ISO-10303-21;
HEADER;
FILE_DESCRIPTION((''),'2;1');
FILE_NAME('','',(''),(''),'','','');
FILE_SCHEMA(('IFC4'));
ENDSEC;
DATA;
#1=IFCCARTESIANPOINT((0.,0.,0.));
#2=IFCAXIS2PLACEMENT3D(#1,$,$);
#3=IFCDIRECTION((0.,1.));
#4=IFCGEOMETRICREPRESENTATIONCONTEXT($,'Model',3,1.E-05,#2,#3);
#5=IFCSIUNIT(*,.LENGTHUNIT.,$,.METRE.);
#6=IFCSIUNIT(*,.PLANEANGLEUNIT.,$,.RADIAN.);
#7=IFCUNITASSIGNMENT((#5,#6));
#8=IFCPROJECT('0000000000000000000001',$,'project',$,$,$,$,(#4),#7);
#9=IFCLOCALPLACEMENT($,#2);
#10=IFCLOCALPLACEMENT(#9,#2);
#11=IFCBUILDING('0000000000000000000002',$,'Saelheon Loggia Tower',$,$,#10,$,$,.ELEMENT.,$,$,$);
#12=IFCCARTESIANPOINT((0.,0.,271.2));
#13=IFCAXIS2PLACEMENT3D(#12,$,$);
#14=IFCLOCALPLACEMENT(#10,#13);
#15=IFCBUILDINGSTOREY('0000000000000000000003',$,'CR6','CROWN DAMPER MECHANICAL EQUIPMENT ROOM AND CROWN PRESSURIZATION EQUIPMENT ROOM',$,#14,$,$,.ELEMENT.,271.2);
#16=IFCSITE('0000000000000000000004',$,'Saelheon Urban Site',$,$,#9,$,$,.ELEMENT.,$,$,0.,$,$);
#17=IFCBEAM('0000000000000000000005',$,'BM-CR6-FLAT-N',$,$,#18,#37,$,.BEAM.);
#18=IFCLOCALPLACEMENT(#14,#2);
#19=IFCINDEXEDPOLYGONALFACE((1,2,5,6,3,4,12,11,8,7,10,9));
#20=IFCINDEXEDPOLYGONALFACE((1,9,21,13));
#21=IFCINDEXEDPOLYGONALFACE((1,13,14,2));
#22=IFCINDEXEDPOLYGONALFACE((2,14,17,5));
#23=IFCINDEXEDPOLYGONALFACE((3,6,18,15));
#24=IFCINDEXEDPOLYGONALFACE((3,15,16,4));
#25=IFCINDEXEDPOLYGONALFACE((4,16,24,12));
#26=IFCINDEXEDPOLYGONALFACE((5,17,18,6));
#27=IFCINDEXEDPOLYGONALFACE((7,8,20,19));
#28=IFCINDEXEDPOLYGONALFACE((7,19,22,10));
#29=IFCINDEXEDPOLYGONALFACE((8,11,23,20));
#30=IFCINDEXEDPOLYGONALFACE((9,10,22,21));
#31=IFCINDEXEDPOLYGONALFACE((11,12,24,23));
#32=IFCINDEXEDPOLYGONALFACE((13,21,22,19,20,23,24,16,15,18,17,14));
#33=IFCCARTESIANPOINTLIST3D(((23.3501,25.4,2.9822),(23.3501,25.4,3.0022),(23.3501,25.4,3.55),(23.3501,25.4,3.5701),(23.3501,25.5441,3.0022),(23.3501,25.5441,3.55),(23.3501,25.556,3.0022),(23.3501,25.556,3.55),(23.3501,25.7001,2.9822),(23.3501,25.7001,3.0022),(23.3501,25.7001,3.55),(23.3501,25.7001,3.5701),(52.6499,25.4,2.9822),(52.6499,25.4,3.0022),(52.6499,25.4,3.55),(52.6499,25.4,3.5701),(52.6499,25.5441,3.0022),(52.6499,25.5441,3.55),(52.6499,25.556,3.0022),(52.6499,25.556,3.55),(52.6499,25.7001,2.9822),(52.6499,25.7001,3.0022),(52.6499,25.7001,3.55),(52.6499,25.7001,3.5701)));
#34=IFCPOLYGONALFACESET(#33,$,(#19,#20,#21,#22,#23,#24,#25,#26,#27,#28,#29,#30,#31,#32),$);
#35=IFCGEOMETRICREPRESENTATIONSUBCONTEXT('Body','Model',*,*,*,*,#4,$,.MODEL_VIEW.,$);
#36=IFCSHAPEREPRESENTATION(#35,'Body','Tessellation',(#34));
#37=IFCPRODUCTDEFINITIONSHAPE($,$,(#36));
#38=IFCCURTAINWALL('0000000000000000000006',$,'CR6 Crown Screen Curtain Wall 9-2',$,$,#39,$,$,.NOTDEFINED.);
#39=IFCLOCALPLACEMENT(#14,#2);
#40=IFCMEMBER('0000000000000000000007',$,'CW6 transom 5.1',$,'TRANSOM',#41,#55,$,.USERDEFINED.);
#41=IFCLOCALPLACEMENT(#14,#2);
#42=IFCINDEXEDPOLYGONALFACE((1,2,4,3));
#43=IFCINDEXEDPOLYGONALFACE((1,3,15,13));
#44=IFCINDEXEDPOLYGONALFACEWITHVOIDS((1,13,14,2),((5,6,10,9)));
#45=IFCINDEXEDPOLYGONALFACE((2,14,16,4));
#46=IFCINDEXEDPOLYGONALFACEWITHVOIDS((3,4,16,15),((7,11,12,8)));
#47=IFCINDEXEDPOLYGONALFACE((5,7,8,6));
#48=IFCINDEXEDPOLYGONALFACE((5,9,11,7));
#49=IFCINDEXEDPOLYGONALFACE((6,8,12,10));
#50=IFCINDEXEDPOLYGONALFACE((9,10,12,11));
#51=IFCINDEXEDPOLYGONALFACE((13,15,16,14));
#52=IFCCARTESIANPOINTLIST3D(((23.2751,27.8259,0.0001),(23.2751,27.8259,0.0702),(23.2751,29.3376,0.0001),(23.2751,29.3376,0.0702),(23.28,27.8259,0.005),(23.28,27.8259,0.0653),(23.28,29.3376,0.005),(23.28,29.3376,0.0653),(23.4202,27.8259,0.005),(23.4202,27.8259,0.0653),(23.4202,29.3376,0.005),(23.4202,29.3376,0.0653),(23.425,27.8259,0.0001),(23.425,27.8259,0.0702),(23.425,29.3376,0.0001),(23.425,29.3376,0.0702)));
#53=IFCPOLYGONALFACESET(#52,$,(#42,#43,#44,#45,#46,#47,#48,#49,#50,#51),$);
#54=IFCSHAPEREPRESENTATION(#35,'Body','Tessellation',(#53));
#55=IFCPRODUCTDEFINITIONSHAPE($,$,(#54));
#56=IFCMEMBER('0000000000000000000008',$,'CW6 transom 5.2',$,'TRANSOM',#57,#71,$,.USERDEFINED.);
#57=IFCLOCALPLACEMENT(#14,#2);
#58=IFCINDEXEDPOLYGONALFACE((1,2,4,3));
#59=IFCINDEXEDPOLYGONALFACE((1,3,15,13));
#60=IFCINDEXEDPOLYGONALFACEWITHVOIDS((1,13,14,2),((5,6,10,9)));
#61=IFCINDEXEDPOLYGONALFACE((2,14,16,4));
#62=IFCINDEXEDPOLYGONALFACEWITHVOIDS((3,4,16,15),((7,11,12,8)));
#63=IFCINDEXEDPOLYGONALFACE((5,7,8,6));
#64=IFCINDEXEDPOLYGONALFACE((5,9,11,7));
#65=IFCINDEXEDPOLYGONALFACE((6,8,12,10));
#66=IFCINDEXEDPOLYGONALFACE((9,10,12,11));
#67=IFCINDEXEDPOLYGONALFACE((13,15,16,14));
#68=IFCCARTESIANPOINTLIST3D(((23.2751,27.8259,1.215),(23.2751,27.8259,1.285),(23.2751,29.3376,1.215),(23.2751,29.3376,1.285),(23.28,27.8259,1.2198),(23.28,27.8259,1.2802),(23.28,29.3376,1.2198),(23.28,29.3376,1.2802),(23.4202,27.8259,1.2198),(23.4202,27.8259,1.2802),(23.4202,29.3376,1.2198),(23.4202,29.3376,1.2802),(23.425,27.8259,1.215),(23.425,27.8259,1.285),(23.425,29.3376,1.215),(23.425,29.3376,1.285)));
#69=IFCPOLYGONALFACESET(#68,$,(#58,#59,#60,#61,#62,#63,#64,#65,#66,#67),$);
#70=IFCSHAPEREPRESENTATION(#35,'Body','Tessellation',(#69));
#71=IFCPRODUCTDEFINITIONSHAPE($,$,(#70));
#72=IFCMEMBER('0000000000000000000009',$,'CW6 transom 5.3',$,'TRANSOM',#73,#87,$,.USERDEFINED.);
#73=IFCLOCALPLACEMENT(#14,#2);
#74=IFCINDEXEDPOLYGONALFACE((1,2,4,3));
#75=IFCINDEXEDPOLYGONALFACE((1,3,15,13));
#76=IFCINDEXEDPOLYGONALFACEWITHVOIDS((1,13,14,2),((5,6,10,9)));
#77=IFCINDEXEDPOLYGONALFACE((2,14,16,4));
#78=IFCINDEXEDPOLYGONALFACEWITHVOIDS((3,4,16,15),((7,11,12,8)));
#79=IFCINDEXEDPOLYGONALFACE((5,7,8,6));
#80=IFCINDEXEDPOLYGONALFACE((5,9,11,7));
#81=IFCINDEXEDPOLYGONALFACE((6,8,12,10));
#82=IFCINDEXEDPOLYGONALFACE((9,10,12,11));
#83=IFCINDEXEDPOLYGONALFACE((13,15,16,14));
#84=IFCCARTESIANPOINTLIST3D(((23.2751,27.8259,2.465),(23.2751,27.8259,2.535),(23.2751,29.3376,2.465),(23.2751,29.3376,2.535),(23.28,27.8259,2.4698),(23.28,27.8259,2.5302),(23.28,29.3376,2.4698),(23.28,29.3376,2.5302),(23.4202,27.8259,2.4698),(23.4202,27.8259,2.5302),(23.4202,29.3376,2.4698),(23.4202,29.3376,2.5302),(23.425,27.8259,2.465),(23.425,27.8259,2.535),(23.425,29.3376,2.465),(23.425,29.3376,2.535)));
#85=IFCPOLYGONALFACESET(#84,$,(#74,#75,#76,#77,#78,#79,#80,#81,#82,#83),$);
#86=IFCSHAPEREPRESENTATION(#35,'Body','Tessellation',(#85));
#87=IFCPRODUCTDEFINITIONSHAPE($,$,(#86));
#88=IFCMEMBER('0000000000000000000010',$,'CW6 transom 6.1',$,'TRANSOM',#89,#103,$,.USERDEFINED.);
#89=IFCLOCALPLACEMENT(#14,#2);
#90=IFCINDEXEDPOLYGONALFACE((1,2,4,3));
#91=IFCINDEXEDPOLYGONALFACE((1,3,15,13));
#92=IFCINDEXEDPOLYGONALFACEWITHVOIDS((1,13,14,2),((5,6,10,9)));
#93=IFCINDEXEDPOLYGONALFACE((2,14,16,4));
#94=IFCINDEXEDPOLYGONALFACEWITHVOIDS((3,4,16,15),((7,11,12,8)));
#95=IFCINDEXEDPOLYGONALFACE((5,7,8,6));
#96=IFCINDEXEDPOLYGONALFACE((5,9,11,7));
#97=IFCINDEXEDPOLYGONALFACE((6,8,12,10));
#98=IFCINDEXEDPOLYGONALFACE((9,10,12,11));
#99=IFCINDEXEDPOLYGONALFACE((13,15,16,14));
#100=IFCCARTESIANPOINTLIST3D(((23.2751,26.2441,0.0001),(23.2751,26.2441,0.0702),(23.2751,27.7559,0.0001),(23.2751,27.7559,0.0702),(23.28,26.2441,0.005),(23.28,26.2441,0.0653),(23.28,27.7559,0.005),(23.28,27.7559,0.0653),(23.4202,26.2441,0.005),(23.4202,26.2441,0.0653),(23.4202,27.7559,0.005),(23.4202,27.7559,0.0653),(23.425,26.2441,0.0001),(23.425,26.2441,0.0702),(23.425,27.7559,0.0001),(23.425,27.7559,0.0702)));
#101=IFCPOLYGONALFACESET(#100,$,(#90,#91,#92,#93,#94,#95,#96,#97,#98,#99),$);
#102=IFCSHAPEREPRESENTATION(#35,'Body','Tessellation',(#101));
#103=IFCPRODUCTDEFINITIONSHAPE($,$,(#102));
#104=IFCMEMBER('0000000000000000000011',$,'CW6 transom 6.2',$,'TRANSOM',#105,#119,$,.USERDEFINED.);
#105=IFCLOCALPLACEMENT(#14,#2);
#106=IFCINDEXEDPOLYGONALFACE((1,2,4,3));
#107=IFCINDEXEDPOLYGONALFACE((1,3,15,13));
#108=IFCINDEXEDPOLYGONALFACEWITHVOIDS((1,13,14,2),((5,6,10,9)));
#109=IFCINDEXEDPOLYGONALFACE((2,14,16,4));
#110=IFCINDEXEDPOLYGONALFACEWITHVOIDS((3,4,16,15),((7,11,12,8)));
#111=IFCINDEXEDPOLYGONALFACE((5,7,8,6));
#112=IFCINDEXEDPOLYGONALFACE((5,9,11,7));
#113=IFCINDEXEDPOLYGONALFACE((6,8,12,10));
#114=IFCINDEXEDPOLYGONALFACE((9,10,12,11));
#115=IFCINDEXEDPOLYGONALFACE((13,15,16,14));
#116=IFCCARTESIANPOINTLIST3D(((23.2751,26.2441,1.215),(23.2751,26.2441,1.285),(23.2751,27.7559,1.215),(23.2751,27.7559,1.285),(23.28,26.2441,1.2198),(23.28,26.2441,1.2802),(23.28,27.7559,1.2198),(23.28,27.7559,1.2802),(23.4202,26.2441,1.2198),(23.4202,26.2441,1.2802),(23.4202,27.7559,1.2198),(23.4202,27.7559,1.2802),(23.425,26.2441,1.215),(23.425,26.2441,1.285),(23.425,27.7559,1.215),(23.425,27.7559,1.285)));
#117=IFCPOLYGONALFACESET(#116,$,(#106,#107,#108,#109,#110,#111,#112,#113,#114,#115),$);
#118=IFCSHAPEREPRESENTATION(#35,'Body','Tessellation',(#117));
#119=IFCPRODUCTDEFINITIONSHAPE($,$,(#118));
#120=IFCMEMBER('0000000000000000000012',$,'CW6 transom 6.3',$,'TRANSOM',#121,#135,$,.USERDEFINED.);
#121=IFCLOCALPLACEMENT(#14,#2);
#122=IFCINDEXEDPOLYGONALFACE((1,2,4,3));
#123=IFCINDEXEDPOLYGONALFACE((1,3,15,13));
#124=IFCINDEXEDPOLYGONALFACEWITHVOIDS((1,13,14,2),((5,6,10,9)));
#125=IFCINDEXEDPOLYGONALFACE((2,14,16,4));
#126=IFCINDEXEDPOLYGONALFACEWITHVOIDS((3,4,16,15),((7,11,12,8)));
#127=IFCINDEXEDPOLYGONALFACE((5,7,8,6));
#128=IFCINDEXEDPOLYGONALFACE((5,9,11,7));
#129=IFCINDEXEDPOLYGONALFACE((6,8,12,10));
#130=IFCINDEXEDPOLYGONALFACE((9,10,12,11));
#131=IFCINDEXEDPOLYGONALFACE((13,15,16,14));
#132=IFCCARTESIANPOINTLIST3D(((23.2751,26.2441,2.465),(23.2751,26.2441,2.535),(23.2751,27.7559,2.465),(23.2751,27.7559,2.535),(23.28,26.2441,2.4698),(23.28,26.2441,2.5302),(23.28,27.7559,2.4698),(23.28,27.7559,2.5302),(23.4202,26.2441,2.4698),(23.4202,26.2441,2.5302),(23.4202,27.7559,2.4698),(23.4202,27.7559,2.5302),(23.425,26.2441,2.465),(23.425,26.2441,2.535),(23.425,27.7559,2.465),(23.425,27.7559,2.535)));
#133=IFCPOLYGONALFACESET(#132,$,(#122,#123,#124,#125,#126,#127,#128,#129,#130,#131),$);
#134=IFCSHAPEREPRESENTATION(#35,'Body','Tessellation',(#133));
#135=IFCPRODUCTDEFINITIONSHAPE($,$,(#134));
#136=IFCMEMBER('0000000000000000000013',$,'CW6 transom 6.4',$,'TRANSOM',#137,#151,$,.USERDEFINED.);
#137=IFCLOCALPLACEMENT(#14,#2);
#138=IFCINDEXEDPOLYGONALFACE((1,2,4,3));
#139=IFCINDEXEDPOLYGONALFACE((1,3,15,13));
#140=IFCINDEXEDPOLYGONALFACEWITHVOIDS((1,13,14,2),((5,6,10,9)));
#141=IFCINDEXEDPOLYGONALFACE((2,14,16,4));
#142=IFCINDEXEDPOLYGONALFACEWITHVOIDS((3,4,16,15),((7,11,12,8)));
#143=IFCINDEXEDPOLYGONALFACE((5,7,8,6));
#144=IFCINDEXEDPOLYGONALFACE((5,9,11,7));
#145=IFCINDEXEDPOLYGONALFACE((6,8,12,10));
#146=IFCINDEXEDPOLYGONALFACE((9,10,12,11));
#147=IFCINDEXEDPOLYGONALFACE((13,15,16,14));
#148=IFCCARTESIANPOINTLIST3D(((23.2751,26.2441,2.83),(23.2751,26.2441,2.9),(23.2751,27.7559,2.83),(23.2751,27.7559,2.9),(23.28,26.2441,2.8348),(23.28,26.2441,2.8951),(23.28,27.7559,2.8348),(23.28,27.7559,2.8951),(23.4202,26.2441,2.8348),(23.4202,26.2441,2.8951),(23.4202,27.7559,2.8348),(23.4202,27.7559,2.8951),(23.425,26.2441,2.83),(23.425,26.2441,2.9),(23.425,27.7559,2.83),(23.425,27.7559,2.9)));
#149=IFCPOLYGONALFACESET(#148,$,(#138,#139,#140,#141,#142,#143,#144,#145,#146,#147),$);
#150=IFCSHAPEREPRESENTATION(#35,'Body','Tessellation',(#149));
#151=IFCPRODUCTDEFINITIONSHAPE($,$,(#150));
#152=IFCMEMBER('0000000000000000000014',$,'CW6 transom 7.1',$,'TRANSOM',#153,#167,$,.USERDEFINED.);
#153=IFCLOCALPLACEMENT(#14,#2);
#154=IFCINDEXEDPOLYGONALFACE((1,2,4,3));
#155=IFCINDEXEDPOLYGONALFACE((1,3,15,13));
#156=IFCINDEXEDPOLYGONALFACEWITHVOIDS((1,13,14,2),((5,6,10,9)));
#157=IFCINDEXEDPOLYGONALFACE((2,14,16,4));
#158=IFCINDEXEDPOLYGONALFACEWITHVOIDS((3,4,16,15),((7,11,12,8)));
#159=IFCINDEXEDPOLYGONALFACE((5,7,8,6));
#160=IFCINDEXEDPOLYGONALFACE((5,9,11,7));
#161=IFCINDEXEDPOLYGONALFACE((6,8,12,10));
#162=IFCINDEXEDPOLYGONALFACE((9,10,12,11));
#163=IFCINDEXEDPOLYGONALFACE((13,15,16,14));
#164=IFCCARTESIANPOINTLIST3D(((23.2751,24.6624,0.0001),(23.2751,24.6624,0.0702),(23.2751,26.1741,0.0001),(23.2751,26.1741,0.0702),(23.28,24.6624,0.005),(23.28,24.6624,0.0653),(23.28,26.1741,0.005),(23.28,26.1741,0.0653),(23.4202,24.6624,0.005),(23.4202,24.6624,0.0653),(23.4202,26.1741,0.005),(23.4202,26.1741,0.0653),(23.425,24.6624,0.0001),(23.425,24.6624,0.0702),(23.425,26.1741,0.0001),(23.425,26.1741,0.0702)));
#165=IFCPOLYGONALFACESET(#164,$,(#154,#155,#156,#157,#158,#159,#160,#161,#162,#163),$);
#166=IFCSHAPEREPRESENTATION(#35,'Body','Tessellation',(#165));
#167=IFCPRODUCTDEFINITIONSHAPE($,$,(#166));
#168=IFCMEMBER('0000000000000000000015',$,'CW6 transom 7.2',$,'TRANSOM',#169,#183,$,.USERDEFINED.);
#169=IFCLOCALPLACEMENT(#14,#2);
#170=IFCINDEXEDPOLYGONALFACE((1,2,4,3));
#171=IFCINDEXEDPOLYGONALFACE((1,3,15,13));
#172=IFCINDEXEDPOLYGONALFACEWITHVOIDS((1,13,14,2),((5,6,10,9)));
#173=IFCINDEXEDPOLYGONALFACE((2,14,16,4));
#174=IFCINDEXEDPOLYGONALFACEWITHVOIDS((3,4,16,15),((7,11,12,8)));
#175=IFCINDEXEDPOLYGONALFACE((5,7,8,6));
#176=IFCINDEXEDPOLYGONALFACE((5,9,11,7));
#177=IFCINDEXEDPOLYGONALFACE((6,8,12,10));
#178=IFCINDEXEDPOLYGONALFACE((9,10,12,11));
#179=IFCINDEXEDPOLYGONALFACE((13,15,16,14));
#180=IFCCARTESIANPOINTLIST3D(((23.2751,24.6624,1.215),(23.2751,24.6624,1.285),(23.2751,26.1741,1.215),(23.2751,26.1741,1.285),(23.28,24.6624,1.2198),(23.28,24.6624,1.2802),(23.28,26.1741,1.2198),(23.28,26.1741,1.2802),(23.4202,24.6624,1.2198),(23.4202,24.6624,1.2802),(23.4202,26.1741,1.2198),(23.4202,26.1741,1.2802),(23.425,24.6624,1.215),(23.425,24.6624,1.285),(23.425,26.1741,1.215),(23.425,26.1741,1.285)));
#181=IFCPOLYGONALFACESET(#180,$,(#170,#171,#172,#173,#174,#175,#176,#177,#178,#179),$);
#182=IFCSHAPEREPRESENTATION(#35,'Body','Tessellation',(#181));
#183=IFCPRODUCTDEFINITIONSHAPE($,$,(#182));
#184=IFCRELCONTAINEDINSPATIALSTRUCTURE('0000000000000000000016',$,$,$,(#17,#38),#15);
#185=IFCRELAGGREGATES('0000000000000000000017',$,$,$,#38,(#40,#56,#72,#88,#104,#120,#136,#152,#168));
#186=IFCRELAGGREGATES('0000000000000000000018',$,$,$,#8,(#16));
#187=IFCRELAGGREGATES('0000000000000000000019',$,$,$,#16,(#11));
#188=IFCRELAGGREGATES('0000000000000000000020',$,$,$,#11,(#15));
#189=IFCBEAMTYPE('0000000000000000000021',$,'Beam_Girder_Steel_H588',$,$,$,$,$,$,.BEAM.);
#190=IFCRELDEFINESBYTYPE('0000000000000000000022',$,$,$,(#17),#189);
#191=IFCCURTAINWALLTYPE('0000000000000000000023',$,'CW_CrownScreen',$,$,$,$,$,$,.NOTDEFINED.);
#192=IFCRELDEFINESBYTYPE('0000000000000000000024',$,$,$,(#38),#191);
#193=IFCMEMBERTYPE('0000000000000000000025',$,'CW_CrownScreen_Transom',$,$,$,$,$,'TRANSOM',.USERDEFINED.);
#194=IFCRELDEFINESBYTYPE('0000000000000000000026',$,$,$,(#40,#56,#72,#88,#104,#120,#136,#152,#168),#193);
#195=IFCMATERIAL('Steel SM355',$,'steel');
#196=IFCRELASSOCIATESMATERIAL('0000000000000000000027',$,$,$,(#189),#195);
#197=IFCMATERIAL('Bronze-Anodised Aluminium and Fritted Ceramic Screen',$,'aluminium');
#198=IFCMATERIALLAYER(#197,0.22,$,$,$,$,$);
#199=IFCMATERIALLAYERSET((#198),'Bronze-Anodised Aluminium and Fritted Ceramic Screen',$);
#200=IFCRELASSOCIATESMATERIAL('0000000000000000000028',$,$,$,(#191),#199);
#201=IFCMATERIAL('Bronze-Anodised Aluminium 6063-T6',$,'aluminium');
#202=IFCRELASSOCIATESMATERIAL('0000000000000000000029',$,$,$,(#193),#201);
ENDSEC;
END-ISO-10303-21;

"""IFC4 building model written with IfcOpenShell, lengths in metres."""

from ifc_helpers import new_model, si_unit, direction, frame, origin, origin_2d, place, context, subcontext, project, spatial, hollow_rectangle, i_section, extrude, source, transform, mapped, material, layer, layer_set, material_profile, profile_set, type_object, element, aggregate, save


model = new_model("IFC4")

# Units and contexts
model_context = context("Model", 3, precision=1e-05, world=origin(), true_north=direction((0.0, 1.0)))
body_context = subcontext(model_context, "Body", "Model", "MODEL_VIEW")
ifc_project = project(units=[si_unit("LENGTHUNIT", "METRE"), si_unit("PLANEANGLEUNIT", "RADIAN")], contexts=[model_context])

# Site, building, storey
site_placement = place(None, origin())
site = spatial("IfcSite", under=ifc_project, at=site_placement, Name="Saelheon Urban Site", CompositionType="ELEMENT", RefElevation=0.0)
building_placement = place(site_placement, origin())
building = spatial("IfcBuilding", under=site, at=building_placement, Name="Saelheon Loggia Tower", CompositionType="ELEMENT")
storey_placement = place(building_placement, frame((0.0, 0.0, 271.2)))
storey = spatial("IfcBuildingStorey", under=building, at=storey_placement, Name="CR6", Description="CROWN DAMPER MECHANICAL EQUIPMENT ROOM AND CROWN PRESSURIZATION EQUIPMENT ROOM", CompositionType="ELEMENT", Elevation=271.2)

# Beam
ifc_material_1 = material(Name="Steel SM355", Category="steel")
ifc_material_profile_1 = material_profile(ifc_material_1, i_section(OverallWidth=0.3, OverallDepth=0.5879, WebThickness=0.012, FlangeThickness=0.02, at=origin_2d()), Name="H-588x300x12x20")
ifc_profile_set_1 = profile_set([ifc_material_profile_1], Name="Steel SM355")
beam_type = type_object("IfcBeamType", Name="Beam_Girder_Steel_H588", PredefinedType="BEAM", material=ifc_profile_set_1)
shared_shape_1 = source(origin(), body_context, "Body", "SweptSolid", [
    extrude(i_section(OverallWidth=0.3, OverallDepth=0.5879, WebThickness=0.012, FlangeThickness=0.02, at=origin_2d()), origin(), (0.0, 0.0, 1.0), 29.2998),
])
beam_placement = place(storey_placement, frame((23.3501, 25.55, 3.2761), z_axis=(1.0, 0.0, 0.0), x_axis=(0.0, 1.0, 0.0)))
element("IfcBeam", 1, at=beam_placement, inside=storey, type_object=beam_type, Name="BM-CR6-FLAT-N", PredefinedType="BEAM", context=body_context, shape_type="MappedRepresentation", body=[
    mapped(shared_shape_1, transform((0.0, 0.0, 0.0), scale=1.0)),
])

# Curtain wall, members
ifc_material_2 = material(Name="Bronze-Anodised Aluminium and Fritted Ceramic Screen", Category="aluminium")
ifc_layer_1 = layer(ifc_material_2, 0.22)
ifc_layer_set_1 = layer_set([ifc_layer_1], Name="Bronze-Anodised Aluminium and Fritted Ceramic Screen")
curtain_wall_type = type_object("IfcCurtainWallType", Name="CW_CrownScreen", PredefinedType="NOTDEFINED", material=ifc_layer_set_1)
curtain_wall_placement = place(storey_placement, origin())
curtain_wall = element("IfcCurtainWall", 2, at=curtain_wall_placement, inside=storey, type_object=curtain_wall_type, Name="CR6 Crown Screen Curtain Wall 9-2", PredefinedType="NOTDEFINED")
ifc_material_3 = material(Name="Bronze-Anodised Aluminium 6063-T6", Category="aluminium")
ifc_material_profile_2 = material_profile(ifc_material_3, hollow_rectangle(XDim=0.0701, YDim=0.1499, WallThickness=0.0049, at=origin_2d()), Name="RHS-150x70x5")
ifc_profile_set_2 = profile_set([ifc_material_profile_2], Name="Bronze-Anodised Aluminium 6063-T6")
member_type_1 = type_object("IfcMemberType", Name="CW_CrownScreen_Transom", ElementType="TRANSOM", PredefinedType="USERDEFINED", material=ifc_profile_set_2)
shared_shape_2 = source(origin(), body_context, "Body", "SweptSolid", [
    extrude(hollow_rectangle(XDim=0.0701, YDim=0.1499, WallThickness=0.0049, at=origin_2d()), origin(), (0.0, 0.0, 1.0), 1.5117),
])
member_1_placement = place(storey_placement, frame((23.3501, 29.3376, 0.0352), z_axis=(0.0, -1.0, 0.0), x_axis=(0.0, 0.0, 1.0)))
member_1 = element("IfcMember", 3, at=member_1_placement, type_object=member_type_1, Name="CW6 transom 5.1", ObjectType="TRANSOM", PredefinedType="USERDEFINED", context=body_context, shape_type="MappedRepresentation", body=[
    mapped(shared_shape_2, transform((0.0, 0.0, 0.0), scale=1.0)),
])
member_2_placement = place(storey_placement, frame((23.3501, 29.3376, 1.25), z_axis=(0.0, -1.0, 0.0), x_axis=(0.0, 0.0, 1.0)))
member_2 = element("IfcMember", 4, at=member_2_placement, type_object=member_type_1, Name="CW6 transom 5.2", ObjectType="TRANSOM", PredefinedType="USERDEFINED", context=body_context, shape_type="MappedRepresentation", body=[
    mapped(shared_shape_2, transform((0.0, 0.0, 0.0), scale=1.0)),
])
member_3_placement = place(storey_placement, frame((23.3501, 29.3376, 2.5), z_axis=(0.0, -1.0, 0.0), x_axis=(0.0, 0.0, 1.0)))
member_3 = element("IfcMember", 5, at=member_3_placement, type_object=member_type_1, Name="CW6 transom 5.3", ObjectType="TRANSOM", PredefinedType="USERDEFINED", context=body_context, shape_type="MappedRepresentation", body=[
    mapped(shared_shape_2, transform((0.0, 0.0, 0.0), scale=1.0)),
])
member_4_placement = place(storey_placement, frame((23.3501, 27.7559, 0.0352), z_axis=(0.0, -1.0, 0.0), x_axis=(0.0, 0.0, 1.0)))
member_4 = element("IfcMember", 6, at=member_4_placement, type_object=member_type_1, Name="CW6 transom 6.1", ObjectType="TRANSOM", PredefinedType="USERDEFINED", context=body_context, shape_type="MappedRepresentation", body=[
    mapped(shared_shape_2, transform((0.0, 0.0, 0.0), scale=1.0)),
])
member_5_placement = place(storey_placement, frame((23.3501, 27.7559, 1.25), z_axis=(0.0, -1.0, 0.0), x_axis=(0.0, 0.0, 1.0)))
member_5 = element("IfcMember", 7, at=member_5_placement, type_object=member_type_1, Name="CW6 transom 6.2", ObjectType="TRANSOM", PredefinedType="USERDEFINED", context=body_context, shape_type="MappedRepresentation", body=[
    mapped(shared_shape_2, transform((0.0, 0.0, 0.0), scale=1.0)),
])
member_6_placement = place(storey_placement, frame((23.3501, 27.7559, 2.5), z_axis=(0.0, -1.0, 0.0), x_axis=(0.0, 0.0, 1.0)))
member_6 = element("IfcMember", 8, at=member_6_placement, type_object=member_type_1, Name="CW6 transom 6.3", ObjectType="TRANSOM", PredefinedType="USERDEFINED", context=body_context, shape_type="MappedRepresentation", body=[
    mapped(shared_shape_2, transform((0.0, 0.0, 0.0), scale=1.0)),
])
member_7_placement = place(storey_placement, frame((23.3501, 27.7559, 2.865), z_axis=(0.0, -1.0, 0.0), x_axis=(0.0, 0.0, 1.0)))
member_7 = element("IfcMember", 9, at=member_7_placement, type_object=member_type_1, Name="CW6 transom 6.4", ObjectType="TRANSOM", PredefinedType="USERDEFINED", context=body_context, shape_type="MappedRepresentation", body=[
    mapped(shared_shape_2, transform((0.0, 0.0, 0.0), scale=1.0)),
])
member_8_placement = place(storey_placement, frame((23.3501, 26.1741, 0.0352), z_axis=(0.0, -1.0, 0.0), x_axis=(0.0, 0.0, 1.0)))
member_8 = element("IfcMember", 10, at=member_8_placement, type_object=member_type_1, Name="CW6 transom 7.1", ObjectType="TRANSOM", PredefinedType="USERDEFINED", context=body_context, shape_type="MappedRepresentation", body=[
    mapped(shared_shape_2, transform((0.0, 0.0, 0.0), scale=1.0)),
])
member_9_placement = place(storey_placement, frame((23.3501, 26.1741, 1.25), z_axis=(0.0, -1.0, 0.0), x_axis=(0.0, 0.0, 1.0)))
member_9 = element("IfcMember", 11, at=member_9_placement, type_object=member_type_1, Name="CW6 transom 7.2", ObjectType="TRANSOM", PredefinedType="USERDEFINED", context=body_context, shape_type="MappedRepresentation", body=[
    mapped(shared_shape_2, transform((0.0, 0.0, 0.0), scale=1.0)),
])
aggregate(curtain_wall, [member_1, member_2, member_3, member_4, member_5, member_6, member_7, member_8, member_9])

save(model, "model.ifc")
